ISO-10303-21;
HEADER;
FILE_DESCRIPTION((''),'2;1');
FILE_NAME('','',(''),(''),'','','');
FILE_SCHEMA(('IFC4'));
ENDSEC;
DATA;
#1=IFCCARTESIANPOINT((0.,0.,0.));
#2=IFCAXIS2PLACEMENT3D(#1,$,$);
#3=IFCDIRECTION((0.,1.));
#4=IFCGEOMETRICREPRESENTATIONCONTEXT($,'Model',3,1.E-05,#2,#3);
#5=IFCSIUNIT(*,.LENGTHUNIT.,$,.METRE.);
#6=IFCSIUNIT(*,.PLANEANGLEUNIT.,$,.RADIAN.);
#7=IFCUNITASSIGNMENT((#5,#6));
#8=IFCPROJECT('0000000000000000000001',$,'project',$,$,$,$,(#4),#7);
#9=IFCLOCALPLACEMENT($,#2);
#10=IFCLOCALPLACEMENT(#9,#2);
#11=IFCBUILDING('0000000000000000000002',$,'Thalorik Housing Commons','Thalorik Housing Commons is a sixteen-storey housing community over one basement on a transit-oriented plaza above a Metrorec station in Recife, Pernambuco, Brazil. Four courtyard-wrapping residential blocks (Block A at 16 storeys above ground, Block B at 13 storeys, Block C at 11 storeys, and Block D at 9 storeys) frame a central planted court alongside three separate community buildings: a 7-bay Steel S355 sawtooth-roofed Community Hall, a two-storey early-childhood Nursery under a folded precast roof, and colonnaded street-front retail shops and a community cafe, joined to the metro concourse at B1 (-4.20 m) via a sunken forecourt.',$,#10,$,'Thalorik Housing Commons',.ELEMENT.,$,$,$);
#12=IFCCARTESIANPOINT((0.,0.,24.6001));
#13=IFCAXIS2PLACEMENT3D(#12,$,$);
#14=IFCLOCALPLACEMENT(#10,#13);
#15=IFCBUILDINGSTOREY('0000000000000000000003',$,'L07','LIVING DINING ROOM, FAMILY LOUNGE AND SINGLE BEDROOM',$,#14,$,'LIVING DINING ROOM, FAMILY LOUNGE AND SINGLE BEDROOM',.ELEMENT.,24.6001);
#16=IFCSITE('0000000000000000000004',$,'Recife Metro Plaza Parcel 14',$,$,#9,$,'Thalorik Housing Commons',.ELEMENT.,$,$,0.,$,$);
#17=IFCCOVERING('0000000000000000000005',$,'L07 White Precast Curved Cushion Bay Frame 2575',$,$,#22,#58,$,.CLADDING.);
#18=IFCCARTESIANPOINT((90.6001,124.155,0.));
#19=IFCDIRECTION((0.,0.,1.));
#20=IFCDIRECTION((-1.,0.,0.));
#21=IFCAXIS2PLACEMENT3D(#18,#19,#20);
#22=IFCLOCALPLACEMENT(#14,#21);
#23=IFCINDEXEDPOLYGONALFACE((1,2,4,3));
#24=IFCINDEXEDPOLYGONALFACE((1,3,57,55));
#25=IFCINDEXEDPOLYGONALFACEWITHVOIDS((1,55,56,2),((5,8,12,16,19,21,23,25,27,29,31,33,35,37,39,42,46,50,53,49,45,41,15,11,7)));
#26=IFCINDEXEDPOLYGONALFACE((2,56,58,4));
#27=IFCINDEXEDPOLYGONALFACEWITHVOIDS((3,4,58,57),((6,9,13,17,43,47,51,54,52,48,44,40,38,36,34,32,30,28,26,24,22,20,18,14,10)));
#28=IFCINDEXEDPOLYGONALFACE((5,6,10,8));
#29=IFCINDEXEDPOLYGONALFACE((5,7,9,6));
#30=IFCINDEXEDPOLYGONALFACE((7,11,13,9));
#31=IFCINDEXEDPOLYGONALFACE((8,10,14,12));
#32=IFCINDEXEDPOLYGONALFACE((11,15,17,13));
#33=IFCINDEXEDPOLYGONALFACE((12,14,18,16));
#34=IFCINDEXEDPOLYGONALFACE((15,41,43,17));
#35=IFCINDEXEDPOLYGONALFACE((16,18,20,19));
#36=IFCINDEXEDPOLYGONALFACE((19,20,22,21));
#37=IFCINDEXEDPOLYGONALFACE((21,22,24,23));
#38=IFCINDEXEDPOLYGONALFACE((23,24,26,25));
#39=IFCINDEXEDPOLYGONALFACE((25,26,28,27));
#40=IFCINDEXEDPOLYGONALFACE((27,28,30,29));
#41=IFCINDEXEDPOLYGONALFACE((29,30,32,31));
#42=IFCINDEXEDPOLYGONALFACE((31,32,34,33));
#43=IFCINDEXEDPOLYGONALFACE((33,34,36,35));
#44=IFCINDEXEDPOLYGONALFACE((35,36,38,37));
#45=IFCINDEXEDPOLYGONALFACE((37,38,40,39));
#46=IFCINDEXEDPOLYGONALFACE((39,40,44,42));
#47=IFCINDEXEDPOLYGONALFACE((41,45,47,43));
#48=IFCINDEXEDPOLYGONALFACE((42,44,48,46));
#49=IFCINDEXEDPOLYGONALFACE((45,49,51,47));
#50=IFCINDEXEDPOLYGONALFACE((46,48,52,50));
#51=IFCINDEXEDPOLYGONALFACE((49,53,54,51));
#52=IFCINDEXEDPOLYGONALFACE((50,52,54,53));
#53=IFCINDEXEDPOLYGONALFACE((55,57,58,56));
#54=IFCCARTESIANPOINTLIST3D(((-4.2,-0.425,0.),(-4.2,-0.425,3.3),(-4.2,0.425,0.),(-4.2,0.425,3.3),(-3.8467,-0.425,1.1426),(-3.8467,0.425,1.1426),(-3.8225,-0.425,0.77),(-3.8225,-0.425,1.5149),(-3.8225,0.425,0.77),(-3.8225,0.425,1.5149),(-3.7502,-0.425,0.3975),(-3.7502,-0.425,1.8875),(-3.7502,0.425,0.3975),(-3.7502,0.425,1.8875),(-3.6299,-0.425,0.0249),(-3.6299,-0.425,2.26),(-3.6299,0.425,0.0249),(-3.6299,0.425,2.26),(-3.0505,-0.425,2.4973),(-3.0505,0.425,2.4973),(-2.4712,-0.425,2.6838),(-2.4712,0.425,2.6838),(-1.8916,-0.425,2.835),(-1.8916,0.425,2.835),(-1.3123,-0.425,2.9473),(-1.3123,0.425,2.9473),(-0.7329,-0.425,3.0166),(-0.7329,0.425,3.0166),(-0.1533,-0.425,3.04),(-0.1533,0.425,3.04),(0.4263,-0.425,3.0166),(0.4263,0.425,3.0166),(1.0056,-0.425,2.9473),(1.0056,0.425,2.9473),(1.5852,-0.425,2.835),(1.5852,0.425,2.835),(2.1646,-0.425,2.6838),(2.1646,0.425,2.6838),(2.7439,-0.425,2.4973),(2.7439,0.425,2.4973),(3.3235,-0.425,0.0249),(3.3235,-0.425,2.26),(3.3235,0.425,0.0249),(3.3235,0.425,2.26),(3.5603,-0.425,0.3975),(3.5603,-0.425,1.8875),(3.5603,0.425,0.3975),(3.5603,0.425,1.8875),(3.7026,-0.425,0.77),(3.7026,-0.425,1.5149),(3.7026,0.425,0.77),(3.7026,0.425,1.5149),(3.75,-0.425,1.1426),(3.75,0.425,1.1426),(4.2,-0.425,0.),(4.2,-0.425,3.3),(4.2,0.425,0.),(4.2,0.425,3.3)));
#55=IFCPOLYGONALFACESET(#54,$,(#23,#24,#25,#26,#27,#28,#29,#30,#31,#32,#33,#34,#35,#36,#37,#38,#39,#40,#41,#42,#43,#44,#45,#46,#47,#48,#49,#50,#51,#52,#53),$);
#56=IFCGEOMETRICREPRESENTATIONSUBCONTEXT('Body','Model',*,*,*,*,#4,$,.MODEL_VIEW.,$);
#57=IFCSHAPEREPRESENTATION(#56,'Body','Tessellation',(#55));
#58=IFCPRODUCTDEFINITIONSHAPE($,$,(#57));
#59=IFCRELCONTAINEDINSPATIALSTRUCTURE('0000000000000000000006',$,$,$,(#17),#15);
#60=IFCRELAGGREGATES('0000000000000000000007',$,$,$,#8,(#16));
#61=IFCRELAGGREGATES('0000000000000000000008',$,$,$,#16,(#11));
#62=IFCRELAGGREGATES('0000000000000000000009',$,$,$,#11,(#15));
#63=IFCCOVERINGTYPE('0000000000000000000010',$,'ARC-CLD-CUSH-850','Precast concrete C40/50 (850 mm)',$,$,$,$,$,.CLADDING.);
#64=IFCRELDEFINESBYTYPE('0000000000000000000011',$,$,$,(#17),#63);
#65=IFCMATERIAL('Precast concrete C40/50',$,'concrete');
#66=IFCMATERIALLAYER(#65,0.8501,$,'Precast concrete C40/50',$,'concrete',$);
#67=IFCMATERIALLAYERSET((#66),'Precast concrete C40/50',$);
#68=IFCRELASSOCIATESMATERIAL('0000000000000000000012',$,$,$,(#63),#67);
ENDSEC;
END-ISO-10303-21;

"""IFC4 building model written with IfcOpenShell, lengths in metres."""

from ifc_helpers import new_model, si_unit, direction, frame, origin, place, context, subcontext, project, spatial, polyline, outline, extrude, material, layer, layer_set, type_object, element, save


model = new_model("IFC4")

# Units and contexts
model_context = context("Model", 3, precision=1e-05, world=origin(), true_north=direction((0.0, 1.0)))
body_context = subcontext(model_context, "Body", "Model", "MODEL_VIEW")
ifc_project = project(units=[si_unit("LENGTHUNIT", "METRE"), si_unit("PLANEANGLEUNIT", "RADIAN")], contexts=[model_context])

# Site, building, storey
site_placement = place(None, origin())
site = spatial("IfcSite", under=ifc_project, at=site_placement, Name="Recife Metro Plaza Parcel 14", LongName="Thalorik Housing Commons", CompositionType="ELEMENT", RefElevation=0.0)
building_placement = place(site_placement, origin())
building = spatial("IfcBuilding", under=site, at=building_placement, Name="Thalorik Housing Commons", Description="Thalorik Housing Commons is a sixteen-storey housing community over one basement on a transit-oriented plaza above a Metrorec station in Recife, Pernambuco, Brazil. Four courtyard-wrapping residential blocks (Block A at 16 storeys above ground, Block B at 13 storeys, Block C at 11 storeys, and Block D at 9 storeys) frame a central planted court alongside three separate community buildings: a 7-bay Steel S355 sawtooth-roofed Community Hall, a two-storey early-childhood Nursery under a folded precast roof, and colonnaded street-front retail shops and a community cafe, joined to the metro concourse at B1 (-4.20 m) via a sunken forecourt.", LongName="Thalorik Housing Commons", CompositionType="ELEMENT")
storey_placement = place(building_placement, frame((0.0, 0.0, 24.6001)))
storey = spatial("IfcBuildingStorey", under=building, at=storey_placement, Name="L07", Description="LIVING DINING ROOM, FAMILY LOUNGE AND SINGLE BEDROOM", LongName="LIVING DINING ROOM, FAMILY LOUNGE AND SINGLE BEDROOM", CompositionType="ELEMENT", Elevation=24.6001)

# Shared definitions
ifc_material_1 = material(Name="Precast concrete C40/50", Category="concrete")

# Covering
ifc_layer_1 = layer(ifc_material_1, 0.8501, Name="Precast concrete C40/50", Category="concrete")
ifc_layer_set_1 = layer_set([ifc_layer_1], Name="Precast concrete C40/50")
covering_type_1 = type_object("IfcCoveringType", Name="ARC-CLD-CUSH-850", Description="Precast concrete C40/50 (850 mm)", PredefinedType="CLADDING", material=ifc_layer_set_1)
covering_1_placement = place(storey_placement, frame((90.6001, 124.155, 0.0), z_axis=(0.0, 0.0, 1.0), x_axis=(-1.0, 0.0, 0.0)))
element("IfcCovering", 1, at=covering_1_placement, inside=storey, type_object=covering_type_1, Name="L07 White Precast Curved Cushion Bay Frame 2575", PredefinedType="CLADDING", context=body_context, shape_type="SweptSolid", body=[
    extrude(outline(polyline([(-4.2, 0.0), (4.2, 0.0), (4.2, 3.3), (-4.2, 3.3), (-4.2, 0.0)]), holes=[polyline([(3.3235, 0.0249), (3.5603, 0.3975), (3.7026, 0.77), (3.75, 1.1426), (3.7026, 1.5149), (3.5603, 1.8875), (3.3235, 2.26), (2.7439, 2.4973), (2.1646, 2.6838), (1.5852, 2.835), (1.0056, 2.9473), (0.4263, 3.0166), (-0.1533, 3.04), (-0.7329, 3.0166), (-1.3123, 2.9473), (-1.8916, 2.835), (-2.4712, 2.6838), (-3.0505, 2.4973), (-3.6299, 2.26), (-3.7502, 1.8875), (-3.8225, 1.5149), (-3.8467, 1.1426), (-3.8225, 0.77), (-3.7502, 0.3975), (-3.6299, 0.0249), (3.3235, 0.0249)])]), frame((0.0, 0.425, 0.0), z_axis=(0.0, -1.0, 0.0), x_axis=(1.0, 0.0, 0.0)), (0.0, 0.0, 1.0), 0.8501),
])

save(model, "model.ifc")
